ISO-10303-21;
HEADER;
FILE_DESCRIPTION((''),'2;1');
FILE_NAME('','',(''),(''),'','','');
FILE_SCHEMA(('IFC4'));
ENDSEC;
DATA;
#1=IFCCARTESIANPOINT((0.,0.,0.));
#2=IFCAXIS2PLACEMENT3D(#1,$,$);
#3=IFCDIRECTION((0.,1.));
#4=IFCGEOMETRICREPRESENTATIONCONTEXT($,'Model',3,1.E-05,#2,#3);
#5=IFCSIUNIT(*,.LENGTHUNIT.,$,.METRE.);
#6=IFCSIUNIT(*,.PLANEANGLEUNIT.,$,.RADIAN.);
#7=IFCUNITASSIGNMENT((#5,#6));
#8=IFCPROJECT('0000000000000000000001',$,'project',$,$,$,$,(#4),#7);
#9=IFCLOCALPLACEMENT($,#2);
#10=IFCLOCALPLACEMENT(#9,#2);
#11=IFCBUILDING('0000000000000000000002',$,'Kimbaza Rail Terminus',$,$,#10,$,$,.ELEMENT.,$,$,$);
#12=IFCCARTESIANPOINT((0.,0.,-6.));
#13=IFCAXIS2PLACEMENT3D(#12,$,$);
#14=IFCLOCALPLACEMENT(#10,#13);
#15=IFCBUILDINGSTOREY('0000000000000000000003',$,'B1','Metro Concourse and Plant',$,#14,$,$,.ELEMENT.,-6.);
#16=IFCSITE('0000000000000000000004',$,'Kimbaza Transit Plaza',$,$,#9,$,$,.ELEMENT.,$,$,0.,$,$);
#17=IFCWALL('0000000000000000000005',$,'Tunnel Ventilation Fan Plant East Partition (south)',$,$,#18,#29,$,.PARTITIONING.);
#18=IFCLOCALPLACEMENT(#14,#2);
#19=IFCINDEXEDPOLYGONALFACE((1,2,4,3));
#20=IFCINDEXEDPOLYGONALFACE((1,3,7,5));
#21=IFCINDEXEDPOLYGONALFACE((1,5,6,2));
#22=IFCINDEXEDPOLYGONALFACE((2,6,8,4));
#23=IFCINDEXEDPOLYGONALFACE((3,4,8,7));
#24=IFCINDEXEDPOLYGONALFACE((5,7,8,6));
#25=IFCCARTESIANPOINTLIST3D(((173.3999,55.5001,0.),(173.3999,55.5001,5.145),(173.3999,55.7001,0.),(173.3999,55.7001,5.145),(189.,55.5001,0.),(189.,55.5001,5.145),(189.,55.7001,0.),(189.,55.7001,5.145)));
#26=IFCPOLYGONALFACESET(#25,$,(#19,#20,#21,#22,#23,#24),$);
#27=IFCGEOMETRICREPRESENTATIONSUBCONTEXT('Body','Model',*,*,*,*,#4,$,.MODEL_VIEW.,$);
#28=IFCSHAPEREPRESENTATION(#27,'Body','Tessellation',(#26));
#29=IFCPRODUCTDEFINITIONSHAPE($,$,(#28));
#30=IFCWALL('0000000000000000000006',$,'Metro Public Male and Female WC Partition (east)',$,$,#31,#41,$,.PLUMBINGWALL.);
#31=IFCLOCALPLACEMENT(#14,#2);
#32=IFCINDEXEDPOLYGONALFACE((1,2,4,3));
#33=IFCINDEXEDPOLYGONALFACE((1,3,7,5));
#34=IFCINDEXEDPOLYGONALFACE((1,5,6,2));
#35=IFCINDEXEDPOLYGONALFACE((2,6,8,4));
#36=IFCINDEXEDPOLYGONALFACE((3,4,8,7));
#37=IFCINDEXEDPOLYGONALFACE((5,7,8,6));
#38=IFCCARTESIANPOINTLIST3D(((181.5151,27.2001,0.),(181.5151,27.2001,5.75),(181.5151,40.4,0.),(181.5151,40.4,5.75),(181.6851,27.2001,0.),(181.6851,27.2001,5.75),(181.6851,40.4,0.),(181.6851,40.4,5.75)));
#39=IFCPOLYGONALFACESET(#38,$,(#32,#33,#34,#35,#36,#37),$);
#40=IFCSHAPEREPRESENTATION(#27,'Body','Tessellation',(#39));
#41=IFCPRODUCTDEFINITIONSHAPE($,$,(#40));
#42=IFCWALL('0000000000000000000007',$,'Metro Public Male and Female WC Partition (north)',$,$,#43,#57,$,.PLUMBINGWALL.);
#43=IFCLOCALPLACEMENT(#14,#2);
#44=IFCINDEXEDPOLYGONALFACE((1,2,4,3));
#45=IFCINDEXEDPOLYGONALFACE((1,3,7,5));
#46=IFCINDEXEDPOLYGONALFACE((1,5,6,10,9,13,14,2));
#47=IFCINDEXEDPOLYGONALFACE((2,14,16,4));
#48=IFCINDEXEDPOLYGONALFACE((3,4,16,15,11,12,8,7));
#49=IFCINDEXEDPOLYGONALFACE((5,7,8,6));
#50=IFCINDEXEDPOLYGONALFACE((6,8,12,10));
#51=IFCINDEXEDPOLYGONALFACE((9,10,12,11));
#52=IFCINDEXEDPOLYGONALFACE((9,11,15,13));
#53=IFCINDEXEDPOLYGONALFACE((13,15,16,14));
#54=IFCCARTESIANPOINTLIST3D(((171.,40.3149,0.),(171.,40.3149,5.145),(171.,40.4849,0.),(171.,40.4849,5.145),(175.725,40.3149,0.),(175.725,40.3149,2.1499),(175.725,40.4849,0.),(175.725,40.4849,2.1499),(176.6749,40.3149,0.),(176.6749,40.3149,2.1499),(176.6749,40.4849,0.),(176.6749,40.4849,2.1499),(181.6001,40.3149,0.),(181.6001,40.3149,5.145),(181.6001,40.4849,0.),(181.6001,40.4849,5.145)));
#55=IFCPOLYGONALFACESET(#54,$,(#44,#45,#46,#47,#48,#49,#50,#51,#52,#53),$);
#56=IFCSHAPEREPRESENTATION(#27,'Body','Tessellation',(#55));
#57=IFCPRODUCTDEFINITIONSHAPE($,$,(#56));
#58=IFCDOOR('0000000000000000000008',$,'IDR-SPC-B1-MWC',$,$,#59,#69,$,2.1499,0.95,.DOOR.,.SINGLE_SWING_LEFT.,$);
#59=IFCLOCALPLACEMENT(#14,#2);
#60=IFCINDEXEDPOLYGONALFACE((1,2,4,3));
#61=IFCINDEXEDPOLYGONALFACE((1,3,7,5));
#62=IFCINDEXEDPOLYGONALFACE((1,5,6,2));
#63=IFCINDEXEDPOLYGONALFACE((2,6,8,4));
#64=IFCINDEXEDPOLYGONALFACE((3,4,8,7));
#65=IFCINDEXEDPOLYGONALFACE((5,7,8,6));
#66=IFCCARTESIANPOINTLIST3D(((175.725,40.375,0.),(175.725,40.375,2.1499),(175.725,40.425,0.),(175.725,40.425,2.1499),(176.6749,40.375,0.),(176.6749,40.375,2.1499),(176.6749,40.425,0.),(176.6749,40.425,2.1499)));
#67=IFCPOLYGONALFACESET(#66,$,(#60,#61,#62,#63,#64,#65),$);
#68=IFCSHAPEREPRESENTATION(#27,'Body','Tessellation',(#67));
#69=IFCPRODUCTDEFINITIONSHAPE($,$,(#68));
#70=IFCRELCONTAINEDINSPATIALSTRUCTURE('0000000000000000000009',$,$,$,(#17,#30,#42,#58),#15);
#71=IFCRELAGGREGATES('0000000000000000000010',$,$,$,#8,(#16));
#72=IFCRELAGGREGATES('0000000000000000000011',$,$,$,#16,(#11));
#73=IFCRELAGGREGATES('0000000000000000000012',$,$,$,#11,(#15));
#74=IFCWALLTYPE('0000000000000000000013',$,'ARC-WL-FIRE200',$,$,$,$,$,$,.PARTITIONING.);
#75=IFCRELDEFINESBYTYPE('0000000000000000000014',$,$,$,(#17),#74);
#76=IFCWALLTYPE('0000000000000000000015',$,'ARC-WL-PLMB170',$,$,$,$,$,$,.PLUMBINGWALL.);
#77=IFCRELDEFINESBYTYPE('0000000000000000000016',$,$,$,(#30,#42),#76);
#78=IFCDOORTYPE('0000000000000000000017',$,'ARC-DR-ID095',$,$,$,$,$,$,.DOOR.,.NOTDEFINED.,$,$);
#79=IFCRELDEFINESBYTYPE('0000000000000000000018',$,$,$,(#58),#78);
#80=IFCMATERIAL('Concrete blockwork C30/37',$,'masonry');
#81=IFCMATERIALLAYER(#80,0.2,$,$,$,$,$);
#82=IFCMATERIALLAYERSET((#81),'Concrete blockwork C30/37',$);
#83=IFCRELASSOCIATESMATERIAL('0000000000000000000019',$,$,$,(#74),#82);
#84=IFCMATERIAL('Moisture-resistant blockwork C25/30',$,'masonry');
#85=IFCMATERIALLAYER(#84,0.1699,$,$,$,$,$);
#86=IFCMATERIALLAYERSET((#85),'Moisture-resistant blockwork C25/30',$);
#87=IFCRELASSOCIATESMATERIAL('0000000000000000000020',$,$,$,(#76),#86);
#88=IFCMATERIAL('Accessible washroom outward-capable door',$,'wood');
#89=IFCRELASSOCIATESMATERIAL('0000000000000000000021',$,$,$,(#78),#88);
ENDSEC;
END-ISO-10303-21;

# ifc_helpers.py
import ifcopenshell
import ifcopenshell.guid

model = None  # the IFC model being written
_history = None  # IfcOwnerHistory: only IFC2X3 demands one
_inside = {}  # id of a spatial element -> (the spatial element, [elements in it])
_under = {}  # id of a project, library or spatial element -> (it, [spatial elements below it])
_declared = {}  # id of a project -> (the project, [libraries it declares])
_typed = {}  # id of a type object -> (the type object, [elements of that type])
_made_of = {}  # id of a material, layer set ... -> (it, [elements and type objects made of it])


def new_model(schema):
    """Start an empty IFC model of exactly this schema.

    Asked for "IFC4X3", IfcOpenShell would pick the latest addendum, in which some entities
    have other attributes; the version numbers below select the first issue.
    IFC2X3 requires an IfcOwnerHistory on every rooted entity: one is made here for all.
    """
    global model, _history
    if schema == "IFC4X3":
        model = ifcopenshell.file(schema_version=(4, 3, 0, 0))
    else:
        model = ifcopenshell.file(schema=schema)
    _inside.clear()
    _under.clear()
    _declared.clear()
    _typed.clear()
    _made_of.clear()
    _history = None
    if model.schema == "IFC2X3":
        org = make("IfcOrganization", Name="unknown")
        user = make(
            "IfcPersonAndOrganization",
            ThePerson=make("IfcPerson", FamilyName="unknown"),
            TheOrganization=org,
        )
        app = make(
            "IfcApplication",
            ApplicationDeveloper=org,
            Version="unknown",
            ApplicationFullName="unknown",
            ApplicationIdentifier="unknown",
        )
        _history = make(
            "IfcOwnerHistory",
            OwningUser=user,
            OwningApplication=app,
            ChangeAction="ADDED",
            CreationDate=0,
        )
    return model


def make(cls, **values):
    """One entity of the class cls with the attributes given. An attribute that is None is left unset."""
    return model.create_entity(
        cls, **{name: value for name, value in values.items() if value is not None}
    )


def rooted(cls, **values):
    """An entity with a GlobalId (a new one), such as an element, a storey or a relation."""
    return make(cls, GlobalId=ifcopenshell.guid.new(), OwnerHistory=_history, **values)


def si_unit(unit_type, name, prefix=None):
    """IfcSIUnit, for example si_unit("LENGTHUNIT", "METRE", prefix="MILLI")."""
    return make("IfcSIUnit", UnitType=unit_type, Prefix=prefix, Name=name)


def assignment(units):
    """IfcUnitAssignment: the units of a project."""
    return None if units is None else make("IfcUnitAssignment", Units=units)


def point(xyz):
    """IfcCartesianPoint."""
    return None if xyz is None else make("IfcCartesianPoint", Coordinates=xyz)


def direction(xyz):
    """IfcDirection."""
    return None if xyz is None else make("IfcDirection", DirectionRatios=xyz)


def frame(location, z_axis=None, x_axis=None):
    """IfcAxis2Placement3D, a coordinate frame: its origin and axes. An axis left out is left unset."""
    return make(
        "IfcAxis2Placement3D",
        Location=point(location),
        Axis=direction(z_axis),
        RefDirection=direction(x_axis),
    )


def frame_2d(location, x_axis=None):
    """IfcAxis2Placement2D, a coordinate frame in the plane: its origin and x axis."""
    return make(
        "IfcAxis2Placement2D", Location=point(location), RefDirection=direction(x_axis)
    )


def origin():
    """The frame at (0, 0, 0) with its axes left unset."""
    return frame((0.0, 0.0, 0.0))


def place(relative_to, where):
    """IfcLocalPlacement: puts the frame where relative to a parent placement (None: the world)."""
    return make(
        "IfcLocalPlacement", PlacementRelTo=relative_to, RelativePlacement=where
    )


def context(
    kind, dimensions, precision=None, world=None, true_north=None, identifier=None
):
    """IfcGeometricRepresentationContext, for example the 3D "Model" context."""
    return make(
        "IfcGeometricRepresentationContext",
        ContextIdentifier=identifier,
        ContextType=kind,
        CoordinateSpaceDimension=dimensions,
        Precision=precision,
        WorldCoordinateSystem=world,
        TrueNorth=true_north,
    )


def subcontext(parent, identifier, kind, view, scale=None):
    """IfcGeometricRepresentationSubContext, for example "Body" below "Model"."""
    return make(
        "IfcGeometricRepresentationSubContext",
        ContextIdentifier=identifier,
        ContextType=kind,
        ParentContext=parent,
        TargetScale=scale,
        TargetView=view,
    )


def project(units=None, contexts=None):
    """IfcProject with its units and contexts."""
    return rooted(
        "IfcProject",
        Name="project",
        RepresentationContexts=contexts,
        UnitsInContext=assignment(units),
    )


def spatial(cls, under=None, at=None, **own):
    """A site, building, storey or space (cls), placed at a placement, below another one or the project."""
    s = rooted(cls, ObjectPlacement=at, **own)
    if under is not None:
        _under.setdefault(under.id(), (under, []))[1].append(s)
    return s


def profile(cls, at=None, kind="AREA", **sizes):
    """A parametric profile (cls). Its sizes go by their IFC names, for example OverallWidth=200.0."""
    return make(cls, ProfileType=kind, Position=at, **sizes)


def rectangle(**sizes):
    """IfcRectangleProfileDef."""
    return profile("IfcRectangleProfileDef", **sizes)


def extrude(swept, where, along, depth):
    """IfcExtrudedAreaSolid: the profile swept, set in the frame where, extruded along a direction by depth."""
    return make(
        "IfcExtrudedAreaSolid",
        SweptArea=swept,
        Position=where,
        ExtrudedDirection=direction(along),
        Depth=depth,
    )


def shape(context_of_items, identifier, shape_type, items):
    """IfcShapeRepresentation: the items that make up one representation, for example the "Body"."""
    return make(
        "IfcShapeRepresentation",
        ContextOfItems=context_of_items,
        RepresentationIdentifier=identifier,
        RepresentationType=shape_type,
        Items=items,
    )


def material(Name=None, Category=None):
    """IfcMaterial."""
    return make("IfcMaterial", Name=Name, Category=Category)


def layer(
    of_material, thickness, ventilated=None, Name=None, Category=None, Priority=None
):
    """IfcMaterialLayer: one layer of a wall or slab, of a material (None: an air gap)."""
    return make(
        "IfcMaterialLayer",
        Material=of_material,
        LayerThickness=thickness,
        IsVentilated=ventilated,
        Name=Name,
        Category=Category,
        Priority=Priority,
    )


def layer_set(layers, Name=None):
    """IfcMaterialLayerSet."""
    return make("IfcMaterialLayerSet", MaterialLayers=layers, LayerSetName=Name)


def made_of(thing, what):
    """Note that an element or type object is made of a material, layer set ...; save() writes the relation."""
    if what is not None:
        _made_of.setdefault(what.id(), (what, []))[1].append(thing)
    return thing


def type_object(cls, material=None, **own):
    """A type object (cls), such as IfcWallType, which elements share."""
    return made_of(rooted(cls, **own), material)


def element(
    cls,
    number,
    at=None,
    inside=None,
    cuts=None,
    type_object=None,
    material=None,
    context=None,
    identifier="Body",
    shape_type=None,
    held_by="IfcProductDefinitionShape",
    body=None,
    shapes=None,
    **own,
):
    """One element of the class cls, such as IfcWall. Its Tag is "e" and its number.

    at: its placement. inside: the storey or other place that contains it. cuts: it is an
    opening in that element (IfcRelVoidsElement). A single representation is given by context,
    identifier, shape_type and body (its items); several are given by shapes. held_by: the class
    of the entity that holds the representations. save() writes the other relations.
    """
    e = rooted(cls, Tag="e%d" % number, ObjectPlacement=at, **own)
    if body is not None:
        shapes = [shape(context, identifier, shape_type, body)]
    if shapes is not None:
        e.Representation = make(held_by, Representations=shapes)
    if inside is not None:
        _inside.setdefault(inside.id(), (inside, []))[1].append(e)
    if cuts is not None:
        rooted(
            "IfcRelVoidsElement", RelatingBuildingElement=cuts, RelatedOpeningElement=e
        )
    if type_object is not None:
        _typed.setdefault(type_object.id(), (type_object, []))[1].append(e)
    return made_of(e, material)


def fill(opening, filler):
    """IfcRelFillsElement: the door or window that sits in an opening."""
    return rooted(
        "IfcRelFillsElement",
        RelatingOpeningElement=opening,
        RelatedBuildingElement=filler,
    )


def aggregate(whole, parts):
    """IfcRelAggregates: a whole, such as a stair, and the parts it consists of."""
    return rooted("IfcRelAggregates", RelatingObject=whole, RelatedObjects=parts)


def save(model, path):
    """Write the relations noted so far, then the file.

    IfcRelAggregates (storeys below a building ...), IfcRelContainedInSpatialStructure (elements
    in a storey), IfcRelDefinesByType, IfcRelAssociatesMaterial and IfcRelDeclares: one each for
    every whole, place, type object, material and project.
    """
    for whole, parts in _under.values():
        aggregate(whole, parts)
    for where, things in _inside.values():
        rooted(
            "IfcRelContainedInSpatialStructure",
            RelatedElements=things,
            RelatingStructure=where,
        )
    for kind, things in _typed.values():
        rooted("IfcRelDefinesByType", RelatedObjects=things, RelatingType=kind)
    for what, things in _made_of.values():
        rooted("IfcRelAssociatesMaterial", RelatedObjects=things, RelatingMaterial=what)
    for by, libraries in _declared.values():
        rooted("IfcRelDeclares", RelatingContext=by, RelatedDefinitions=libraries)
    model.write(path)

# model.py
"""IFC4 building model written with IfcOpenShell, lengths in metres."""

from ifc_helpers import new_model, si_unit, direction, frame, frame_2d, origin, place, context, subcontext, project, spatial, rectangle, extrude, material, layer, layer_set, type_object, element, fill, save


model = new_model("IFC4")

# Units and contexts
model_context = context("Model", 3, precision=1e-05, world=origin(), true_north=direction((0.0, 1.0)))
body_context = subcontext(model_context, "Body", "Model", "MODEL_VIEW")
ifc_project = project(units=[si_unit("LENGTHUNIT", "METRE"), si_unit("PLANEANGLEUNIT", "RADIAN")], contexts=[model_context])

# Site, building, storey
site_placement = place(None, origin())
site = spatial("IfcSite", under=ifc_project, at=site_placement, Name="Kimbaza Transit Plaza", CompositionType="ELEMENT", RefElevation=0.0)
building_placement = place(site_placement, origin())
building = spatial("IfcBuilding", under=site, at=building_placement, Name="Kimbaza Rail Terminus", CompositionType="ELEMENT")
storey_placement = place(building_placement, frame((0.0, 0.0, -6.0)))
storey = spatial("IfcBuildingStorey", under=building, at=storey_placement, Name="B1", Description="Metro Concourse and Plant", CompositionType="ELEMENT", Elevation=-6.0)

# Walls
ifc_material_1 = material(Name="Concrete blockwork C30/37", Category="masonry")
ifc_layer_1 = layer(ifc_material_1, 0.2)
ifc_layer_set_1 = layer_set([ifc_layer_1], Name="Concrete blockwork C30/37")
wall_type_1 = type_object("IfcWallType", Name="ARC-WL-FIRE200", PredefinedType="PARTITIONING", material=ifc_layer_set_1)
wall_1_placement = place(storey_placement, frame((173.3999, 55.6001, 0.0), z_axis=(0.0, 0.0, 1.0), x_axis=(1.0, 0.0, 0.0)))
element("IfcWall", 1, at=wall_1_placement, inside=storey, type_object=wall_type_1, Name="Tunnel Ventilation Fan Plant East Partition (south)", PredefinedType="PARTITIONING", context=body_context, shape_type="SweptSolid", body=[
    extrude(rectangle(XDim=15.6001, YDim=0.2, at=frame_2d((7.8, 0.0))), origin(), (0.0, 0.0, 1.0), 5.145),
])
ifc_material_2 = material(Name="Moisture-resistant blockwork C25/30", Category="masonry")
ifc_layer_2 = layer(ifc_material_2, 0.1699)
ifc_layer_set_2 = layer_set([ifc_layer_2], Name="Moisture-resistant blockwork C25/30")
wall_type_2 = type_object("IfcWallType", Name="ARC-WL-PLMB170", PredefinedType="PLUMBINGWALL", material=ifc_layer_set_2)
wall_2_placement = place(storey_placement, frame((181.6001, 27.2, 0.0), z_axis=(0.0, 0.0, 1.0), x_axis=(0.0, 1.0, 0.0)))
element("IfcWall", 2, at=wall_2_placement, inside=storey, type_object=wall_type_2, Name="Metro Public Male and Female WC Partition (east)", PredefinedType="PLUMBINGWALL", context=body_context, shape_type="SweptSolid", body=[
    extrude(rectangle(XDim=13.2, YDim=0.1699, at=frame_2d((6.6001, 0.0))), origin(), (0.0, 0.0, 1.0), 5.75),
])

# Wall, opening, door
wall_3_placement = place(storey_placement, frame((181.6001, 40.3999, 0.0), z_axis=(0.0, 0.0, 1.0), x_axis=(-1.0, 0.0, 0.0)))
wall_3 = element("IfcWall", 3, at=wall_3_placement, inside=storey, type_object=wall_type_2, Name="Metro Public Male and Female WC Partition (north)", PredefinedType="PLUMBINGWALL", context=body_context, shape_type="SweptSolid", body=[
    extrude(rectangle(XDim=10.6001, YDim=0.1699, at=frame_2d((5.3, 0.0))), origin(), (0.0, 0.0, 1.0), 5.145),
])
opening_placement = place(wall_3_placement, frame((4.925, 0.0, 0.0)))
opening = element("IfcOpeningElement", 4, at=opening_placement, cuts=wall_3, PredefinedType="OPENING", context=body_context, shape_type="SweptSolid", body=[
    extrude(rectangle(XDim=0.95, YDim=2.1499, at=frame_2d((0.4751, 1.075))), frame((0.0, 0.095, 0.0), z_axis=(0.0, -1.0, 0.0), x_axis=(1.0, 0.0, 0.0)), (0.0, 0.0, 1.0), 0.1899),
])
ifc_material_3 = material(Name="Accessible washroom outward-capable door", Category="wood")
door_type = type_object("IfcDoorType", Name="ARC-DR-ID095", OperationType="NOTDEFINED", PredefinedType="DOOR", material=ifc_material_3)
door_placement = place(opening_placement, origin())
door = element("IfcDoor", 5, at=door_placement, inside=storey, type_object=door_type, Name="IDR-SPC-B1-MWC", OperationType="SINGLE_SWING_LEFT", OverallHeight=2.1499, OverallWidth=0.95, PredefinedType="DOOR", context=body_context, shape_type="SweptSolid", body=[
    extrude(rectangle(XDim=0.95, YDim=2.1499, at=frame_2d((0.4751, 1.075))), frame((0.0, 0.0249, 0.0), z_axis=(0.0, -1.0, 0.0), x_axis=(1.0, 0.0, 0.0)), (0.0, 0.0, 1.0), 0.05),
])
fill(opening, door)

save(model, "model.ifc")
